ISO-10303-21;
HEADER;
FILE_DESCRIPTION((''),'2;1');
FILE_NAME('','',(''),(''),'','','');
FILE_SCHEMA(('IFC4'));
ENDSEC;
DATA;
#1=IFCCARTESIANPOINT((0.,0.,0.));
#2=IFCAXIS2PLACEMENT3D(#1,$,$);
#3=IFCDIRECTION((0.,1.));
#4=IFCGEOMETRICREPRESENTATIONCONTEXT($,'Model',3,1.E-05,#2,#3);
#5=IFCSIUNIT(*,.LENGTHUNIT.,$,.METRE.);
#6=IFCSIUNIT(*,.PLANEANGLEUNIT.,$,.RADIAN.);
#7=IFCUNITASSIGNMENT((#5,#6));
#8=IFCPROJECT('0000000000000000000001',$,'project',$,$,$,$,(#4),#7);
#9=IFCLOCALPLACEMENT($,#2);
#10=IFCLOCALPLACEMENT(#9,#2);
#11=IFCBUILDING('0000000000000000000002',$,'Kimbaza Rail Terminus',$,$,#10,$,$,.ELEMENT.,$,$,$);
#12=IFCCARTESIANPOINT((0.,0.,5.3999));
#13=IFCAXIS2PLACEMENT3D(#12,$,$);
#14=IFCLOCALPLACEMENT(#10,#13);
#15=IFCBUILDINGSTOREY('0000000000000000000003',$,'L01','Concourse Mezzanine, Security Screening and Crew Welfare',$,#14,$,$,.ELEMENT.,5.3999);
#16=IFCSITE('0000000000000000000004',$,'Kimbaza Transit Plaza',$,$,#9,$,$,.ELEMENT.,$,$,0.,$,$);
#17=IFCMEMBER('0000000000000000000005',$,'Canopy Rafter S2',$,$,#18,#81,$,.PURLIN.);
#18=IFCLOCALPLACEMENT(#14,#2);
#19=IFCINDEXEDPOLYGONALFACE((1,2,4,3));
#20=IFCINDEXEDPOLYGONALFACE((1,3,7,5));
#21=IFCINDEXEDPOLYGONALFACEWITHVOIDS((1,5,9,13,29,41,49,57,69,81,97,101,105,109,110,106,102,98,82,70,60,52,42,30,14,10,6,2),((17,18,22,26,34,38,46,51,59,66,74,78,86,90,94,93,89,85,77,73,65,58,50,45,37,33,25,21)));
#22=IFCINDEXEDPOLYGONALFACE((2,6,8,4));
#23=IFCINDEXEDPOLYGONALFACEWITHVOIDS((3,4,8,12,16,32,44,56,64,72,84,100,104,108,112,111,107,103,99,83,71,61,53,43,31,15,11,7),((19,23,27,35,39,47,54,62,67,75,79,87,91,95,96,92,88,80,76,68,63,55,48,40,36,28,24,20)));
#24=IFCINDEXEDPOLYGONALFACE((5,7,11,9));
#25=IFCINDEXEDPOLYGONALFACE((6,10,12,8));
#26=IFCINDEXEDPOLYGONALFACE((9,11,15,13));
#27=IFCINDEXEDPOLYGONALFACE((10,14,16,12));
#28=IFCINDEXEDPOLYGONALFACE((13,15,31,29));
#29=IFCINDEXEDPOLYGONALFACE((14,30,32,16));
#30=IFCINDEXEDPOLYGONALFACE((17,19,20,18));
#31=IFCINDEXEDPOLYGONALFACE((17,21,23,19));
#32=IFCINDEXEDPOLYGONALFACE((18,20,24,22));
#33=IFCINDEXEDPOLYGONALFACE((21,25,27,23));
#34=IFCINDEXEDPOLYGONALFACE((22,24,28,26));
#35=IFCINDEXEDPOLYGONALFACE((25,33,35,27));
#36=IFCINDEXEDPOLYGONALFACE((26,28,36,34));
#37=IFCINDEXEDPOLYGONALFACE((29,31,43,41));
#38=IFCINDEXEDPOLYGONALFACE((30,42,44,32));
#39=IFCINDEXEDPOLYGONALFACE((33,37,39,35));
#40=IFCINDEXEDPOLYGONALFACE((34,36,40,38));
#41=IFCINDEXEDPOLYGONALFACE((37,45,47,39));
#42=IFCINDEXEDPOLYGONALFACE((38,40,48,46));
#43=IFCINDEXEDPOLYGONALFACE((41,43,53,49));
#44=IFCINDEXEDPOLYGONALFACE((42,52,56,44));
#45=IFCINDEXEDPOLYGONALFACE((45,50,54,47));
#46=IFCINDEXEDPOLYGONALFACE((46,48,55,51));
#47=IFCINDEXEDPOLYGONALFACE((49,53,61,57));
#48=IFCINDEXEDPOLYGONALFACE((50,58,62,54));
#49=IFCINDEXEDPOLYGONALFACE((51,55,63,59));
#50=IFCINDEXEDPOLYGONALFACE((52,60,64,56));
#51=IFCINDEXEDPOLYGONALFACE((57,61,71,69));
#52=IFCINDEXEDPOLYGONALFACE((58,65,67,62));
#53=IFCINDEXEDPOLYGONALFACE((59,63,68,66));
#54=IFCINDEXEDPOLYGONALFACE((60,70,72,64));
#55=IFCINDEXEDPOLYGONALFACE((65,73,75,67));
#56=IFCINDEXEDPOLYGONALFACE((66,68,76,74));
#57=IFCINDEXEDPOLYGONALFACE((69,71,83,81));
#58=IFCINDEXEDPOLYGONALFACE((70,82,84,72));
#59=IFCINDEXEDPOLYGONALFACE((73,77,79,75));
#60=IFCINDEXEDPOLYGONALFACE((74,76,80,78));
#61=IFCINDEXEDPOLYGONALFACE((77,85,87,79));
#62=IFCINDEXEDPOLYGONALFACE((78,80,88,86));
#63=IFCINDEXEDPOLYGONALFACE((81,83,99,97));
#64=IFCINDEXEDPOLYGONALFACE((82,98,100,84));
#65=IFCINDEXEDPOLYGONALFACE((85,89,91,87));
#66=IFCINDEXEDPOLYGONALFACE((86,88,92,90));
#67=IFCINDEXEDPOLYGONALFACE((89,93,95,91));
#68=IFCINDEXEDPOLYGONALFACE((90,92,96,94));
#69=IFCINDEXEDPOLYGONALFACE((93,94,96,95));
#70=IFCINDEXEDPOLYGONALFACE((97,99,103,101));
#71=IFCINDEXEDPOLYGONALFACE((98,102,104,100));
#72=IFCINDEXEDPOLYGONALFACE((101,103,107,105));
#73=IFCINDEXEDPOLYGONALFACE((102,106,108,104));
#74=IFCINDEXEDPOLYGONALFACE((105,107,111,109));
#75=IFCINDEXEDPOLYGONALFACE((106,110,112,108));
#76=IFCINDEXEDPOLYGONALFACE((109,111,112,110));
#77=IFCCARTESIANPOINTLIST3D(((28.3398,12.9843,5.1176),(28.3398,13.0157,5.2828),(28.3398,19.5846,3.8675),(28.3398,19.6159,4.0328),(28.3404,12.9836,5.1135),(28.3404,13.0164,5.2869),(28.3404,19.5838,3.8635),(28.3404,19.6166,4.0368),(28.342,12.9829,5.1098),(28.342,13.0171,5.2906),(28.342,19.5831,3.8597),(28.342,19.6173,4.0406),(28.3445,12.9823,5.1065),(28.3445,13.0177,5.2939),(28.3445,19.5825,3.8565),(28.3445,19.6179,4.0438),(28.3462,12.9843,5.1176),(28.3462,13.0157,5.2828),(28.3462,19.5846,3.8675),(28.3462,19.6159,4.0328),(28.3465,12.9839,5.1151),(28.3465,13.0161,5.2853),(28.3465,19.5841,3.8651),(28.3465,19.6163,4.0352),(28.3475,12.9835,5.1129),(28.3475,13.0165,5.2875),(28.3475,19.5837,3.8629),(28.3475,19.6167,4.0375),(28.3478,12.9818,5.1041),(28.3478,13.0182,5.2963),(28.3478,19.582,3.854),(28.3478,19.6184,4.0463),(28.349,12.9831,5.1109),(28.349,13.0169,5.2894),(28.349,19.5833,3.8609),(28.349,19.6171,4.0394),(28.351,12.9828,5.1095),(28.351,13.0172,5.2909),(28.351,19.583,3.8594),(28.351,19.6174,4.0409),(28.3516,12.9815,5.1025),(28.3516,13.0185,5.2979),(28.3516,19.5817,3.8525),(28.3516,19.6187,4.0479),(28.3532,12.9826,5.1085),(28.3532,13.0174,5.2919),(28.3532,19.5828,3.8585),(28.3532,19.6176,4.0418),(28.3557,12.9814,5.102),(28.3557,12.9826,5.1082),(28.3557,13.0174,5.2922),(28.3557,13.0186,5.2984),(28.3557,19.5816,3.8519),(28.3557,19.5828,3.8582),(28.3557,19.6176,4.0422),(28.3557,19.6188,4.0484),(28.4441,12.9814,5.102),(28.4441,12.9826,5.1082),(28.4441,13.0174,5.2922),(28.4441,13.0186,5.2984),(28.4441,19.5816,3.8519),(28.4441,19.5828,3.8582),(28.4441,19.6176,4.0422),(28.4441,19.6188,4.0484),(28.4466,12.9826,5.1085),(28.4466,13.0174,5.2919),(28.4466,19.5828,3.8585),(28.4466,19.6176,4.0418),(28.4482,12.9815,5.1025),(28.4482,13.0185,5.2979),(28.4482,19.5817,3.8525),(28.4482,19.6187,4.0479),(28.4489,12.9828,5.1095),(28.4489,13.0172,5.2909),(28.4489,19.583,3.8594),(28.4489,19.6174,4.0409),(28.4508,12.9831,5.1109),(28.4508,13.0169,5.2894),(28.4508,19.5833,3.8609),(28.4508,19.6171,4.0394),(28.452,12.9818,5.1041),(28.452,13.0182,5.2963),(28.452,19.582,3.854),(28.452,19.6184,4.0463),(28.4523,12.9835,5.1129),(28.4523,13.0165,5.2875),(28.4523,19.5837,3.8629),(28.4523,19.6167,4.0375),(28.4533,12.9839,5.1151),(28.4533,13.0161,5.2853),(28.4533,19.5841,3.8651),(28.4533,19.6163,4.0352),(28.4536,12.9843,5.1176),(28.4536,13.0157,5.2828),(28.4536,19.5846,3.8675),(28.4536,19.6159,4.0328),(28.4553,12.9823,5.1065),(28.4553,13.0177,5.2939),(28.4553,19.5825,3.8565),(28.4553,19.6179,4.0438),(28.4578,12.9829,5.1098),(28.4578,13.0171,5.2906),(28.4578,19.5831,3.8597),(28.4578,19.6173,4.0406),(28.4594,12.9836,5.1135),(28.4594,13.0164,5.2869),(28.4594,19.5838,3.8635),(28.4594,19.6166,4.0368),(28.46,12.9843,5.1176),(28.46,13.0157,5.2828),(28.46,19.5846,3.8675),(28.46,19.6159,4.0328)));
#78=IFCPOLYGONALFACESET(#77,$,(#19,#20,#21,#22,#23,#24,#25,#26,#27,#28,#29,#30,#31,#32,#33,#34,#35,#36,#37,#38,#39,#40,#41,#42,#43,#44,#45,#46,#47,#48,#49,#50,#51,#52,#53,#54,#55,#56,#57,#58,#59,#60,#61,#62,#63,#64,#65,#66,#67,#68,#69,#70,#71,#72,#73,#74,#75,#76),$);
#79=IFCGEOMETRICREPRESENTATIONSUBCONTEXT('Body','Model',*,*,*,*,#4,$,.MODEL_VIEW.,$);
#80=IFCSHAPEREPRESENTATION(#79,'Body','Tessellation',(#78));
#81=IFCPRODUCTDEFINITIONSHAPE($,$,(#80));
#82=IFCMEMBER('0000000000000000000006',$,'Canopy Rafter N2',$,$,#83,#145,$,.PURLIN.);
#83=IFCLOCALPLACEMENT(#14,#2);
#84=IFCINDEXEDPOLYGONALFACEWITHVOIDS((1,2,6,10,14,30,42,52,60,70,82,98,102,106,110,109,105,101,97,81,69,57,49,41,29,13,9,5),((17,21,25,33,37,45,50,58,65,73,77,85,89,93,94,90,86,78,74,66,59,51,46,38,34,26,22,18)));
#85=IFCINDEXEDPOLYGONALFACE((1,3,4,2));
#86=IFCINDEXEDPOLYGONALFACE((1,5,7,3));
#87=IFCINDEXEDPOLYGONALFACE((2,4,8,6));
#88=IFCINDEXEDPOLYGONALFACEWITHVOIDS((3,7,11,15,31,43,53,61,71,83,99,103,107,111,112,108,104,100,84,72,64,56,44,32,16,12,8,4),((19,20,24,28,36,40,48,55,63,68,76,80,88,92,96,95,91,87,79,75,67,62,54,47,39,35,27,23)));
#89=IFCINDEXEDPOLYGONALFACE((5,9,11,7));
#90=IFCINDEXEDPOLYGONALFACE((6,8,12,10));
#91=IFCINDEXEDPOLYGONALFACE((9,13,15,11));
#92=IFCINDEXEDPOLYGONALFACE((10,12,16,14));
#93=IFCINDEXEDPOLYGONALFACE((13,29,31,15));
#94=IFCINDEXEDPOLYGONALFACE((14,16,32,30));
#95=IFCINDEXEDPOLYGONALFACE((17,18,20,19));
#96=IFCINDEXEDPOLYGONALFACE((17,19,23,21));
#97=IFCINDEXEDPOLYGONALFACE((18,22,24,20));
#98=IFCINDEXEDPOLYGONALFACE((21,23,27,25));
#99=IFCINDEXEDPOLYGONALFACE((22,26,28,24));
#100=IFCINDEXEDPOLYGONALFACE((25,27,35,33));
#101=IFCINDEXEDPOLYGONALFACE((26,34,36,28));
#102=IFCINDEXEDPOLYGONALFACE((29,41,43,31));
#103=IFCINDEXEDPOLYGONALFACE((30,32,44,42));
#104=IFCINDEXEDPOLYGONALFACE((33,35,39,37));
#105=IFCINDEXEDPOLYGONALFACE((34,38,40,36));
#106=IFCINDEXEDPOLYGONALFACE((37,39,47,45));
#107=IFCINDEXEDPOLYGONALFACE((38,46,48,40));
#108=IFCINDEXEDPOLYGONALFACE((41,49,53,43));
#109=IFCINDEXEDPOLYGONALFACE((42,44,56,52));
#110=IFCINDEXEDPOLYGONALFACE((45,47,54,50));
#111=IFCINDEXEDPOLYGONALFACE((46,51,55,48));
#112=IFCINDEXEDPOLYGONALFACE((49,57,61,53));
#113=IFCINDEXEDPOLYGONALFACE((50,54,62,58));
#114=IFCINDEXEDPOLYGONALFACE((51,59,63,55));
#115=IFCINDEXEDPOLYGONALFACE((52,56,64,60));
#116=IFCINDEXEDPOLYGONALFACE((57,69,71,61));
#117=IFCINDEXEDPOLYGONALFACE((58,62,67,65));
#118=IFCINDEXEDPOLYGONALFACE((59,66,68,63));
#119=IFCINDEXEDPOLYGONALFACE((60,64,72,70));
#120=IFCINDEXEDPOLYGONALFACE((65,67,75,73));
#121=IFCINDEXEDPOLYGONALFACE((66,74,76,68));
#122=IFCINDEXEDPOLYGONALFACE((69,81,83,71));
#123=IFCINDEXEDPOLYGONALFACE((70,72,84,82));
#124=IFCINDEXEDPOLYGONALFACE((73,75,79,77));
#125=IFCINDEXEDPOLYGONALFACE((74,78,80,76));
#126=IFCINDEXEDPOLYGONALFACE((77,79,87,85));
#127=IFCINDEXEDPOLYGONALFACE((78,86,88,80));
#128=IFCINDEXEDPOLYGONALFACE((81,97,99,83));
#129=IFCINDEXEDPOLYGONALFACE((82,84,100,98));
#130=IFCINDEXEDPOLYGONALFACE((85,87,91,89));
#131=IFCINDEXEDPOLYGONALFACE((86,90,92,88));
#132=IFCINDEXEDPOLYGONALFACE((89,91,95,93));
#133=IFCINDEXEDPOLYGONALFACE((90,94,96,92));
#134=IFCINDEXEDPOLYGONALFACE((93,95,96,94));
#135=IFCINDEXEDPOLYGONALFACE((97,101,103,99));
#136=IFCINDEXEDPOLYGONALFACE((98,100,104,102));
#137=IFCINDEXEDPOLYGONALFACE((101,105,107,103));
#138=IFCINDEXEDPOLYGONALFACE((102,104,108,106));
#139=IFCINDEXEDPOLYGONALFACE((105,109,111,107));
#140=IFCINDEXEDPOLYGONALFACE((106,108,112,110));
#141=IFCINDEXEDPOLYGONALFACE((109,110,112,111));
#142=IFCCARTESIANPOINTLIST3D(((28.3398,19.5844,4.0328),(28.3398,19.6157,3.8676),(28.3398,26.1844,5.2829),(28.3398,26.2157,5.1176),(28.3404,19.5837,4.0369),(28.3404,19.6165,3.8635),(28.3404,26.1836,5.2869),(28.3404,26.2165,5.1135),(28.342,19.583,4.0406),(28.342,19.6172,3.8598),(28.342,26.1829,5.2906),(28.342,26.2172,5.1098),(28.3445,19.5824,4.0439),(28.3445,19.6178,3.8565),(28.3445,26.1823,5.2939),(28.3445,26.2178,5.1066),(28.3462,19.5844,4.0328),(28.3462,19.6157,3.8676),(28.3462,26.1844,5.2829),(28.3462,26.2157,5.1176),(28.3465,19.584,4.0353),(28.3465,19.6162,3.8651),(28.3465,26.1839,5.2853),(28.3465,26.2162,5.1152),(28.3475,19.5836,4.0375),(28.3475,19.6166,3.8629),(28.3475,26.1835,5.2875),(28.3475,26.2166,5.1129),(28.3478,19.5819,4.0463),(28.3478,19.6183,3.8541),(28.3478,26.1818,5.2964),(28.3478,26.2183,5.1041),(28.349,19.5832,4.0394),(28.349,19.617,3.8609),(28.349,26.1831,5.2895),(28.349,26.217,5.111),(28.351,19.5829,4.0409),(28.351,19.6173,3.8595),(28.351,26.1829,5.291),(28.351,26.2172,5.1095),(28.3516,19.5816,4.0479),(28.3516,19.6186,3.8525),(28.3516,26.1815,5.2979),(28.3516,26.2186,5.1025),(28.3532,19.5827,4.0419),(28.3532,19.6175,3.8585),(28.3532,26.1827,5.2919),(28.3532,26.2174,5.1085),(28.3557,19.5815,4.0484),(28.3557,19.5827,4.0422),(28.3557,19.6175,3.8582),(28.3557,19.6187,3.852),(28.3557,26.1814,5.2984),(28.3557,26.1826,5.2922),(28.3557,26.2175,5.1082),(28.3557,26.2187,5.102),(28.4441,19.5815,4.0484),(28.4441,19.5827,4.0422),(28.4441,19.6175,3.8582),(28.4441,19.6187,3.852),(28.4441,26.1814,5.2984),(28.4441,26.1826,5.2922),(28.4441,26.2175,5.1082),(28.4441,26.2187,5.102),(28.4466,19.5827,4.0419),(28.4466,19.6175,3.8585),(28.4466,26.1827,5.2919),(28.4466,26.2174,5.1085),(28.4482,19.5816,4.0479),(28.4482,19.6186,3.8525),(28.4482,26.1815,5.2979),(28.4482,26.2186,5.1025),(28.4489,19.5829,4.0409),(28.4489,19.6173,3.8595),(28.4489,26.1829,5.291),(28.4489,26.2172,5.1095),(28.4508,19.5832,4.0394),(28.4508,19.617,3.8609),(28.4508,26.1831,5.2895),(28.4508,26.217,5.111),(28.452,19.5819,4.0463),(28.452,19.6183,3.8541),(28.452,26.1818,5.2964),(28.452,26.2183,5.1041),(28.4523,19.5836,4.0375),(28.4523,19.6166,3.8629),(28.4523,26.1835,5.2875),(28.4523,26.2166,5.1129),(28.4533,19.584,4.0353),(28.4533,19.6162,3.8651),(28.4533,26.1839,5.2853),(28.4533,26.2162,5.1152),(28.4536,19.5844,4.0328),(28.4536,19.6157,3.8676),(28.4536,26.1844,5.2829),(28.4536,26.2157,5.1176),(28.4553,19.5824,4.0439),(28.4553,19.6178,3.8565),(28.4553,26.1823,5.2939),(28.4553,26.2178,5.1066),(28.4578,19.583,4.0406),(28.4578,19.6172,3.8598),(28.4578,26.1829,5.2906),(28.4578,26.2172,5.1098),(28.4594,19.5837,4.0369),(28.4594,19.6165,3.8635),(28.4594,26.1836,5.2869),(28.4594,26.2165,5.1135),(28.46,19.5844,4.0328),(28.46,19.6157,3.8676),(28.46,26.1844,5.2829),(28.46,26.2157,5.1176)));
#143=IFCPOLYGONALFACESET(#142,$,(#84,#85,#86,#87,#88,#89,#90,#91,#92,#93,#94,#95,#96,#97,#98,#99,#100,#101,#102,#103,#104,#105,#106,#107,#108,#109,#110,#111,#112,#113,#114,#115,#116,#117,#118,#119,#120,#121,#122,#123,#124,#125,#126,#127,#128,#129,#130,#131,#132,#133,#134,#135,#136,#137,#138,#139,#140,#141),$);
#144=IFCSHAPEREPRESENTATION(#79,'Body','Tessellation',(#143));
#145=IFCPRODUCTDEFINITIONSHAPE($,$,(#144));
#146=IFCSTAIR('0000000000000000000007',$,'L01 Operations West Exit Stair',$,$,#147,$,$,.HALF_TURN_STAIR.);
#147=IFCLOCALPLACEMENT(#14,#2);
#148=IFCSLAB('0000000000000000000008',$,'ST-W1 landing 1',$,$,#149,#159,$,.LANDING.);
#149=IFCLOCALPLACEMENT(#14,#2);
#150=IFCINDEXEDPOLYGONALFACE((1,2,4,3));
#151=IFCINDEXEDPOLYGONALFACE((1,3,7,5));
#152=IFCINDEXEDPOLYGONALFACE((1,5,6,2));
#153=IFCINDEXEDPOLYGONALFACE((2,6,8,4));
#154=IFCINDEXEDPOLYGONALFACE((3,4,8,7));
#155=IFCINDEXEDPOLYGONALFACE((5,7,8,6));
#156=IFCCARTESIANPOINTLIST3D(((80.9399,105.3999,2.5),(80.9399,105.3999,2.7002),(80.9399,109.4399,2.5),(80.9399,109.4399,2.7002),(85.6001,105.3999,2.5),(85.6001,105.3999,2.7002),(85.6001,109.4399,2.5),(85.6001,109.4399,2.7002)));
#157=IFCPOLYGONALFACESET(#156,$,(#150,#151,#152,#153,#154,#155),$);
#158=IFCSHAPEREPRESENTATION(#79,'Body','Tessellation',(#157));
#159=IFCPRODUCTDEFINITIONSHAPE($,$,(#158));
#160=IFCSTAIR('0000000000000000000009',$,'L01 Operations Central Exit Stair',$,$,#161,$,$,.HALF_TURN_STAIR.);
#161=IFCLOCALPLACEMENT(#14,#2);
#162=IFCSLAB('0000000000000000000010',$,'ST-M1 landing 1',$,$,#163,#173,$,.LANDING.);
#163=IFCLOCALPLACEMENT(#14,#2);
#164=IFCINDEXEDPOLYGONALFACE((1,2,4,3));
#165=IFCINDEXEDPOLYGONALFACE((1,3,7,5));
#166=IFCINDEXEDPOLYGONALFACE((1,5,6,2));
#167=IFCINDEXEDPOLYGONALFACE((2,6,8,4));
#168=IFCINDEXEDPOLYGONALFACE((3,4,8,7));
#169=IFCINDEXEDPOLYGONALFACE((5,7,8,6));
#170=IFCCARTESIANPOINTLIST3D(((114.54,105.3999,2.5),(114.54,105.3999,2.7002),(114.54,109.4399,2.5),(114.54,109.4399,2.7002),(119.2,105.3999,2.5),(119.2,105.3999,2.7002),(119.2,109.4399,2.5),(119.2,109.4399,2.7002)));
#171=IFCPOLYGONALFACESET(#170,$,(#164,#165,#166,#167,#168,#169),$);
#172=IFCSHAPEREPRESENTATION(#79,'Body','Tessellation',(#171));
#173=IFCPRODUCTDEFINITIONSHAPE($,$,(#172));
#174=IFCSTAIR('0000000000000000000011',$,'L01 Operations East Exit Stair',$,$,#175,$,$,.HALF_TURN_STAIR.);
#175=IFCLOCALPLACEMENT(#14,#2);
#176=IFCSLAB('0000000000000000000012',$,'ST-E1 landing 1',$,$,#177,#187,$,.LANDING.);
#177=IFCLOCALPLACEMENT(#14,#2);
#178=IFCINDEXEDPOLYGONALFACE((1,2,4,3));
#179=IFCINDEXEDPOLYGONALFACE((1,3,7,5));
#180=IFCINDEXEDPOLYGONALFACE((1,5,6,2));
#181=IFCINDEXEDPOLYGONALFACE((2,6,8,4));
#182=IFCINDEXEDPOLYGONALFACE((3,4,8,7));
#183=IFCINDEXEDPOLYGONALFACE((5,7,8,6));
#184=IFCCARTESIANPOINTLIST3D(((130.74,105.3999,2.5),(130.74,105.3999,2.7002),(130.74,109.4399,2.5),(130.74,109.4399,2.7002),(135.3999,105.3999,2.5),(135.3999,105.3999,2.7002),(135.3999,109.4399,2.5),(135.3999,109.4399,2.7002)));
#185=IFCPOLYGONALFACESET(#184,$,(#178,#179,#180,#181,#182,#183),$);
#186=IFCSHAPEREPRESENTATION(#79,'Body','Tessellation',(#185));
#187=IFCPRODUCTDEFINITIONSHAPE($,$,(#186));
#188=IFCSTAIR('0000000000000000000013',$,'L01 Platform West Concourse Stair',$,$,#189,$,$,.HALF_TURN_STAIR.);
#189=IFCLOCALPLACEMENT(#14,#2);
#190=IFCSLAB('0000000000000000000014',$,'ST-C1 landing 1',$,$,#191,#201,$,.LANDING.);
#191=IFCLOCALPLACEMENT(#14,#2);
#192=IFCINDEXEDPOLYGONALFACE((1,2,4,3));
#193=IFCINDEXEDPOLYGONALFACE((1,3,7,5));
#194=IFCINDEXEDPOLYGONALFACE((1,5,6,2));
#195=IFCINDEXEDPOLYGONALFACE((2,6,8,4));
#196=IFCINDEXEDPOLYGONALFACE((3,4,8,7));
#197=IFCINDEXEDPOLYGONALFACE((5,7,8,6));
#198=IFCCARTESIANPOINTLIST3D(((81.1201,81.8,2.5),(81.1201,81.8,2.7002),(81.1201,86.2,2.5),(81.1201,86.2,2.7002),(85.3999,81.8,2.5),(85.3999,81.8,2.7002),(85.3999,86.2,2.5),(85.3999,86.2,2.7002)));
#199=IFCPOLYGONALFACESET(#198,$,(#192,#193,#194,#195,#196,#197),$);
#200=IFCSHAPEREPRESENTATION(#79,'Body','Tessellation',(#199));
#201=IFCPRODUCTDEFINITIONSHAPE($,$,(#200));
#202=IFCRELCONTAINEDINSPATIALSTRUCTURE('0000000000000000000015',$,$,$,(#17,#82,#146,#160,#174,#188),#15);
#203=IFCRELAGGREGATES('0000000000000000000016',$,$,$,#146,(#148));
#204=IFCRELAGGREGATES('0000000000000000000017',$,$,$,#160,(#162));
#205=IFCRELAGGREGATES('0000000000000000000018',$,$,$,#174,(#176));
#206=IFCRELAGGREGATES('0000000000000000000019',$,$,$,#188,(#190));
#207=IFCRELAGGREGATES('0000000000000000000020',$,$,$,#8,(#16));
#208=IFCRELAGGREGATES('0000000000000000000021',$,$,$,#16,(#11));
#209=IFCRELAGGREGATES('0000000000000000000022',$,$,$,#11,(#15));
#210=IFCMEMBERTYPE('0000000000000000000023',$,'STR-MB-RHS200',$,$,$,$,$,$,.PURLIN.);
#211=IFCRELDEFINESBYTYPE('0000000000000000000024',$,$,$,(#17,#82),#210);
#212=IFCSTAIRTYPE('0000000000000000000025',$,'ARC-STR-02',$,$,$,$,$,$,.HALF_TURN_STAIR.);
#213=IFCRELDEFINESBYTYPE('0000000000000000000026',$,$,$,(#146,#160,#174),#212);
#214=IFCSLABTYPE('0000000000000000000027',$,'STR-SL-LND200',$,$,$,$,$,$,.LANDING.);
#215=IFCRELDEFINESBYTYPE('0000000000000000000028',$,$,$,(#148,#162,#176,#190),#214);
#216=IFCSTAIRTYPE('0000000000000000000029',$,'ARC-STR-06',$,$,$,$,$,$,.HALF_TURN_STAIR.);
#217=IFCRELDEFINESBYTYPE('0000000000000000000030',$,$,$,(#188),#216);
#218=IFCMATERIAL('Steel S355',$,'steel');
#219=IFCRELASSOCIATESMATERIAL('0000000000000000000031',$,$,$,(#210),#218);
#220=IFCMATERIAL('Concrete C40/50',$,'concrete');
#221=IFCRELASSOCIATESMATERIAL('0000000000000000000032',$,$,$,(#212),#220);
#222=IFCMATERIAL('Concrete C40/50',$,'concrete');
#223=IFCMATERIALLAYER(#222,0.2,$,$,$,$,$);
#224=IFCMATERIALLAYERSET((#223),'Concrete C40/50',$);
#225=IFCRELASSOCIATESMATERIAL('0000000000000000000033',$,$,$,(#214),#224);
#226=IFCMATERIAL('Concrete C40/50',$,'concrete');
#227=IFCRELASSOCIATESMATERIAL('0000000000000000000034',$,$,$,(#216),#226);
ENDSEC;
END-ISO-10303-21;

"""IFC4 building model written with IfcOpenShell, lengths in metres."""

from ifc_helpers import new_model, si_unit, direction, frame, origin, origin_2d, place, context, subcontext, project, spatial, polyline, hollow_rectangle, outline, extrude, material, layer, layer_set, material_profile, profile_set, type_object, element, aggregate, save


model = new_model("IFC4")

# Units and contexts
model_context = context("Model", 3, precision=1e-05, world=origin(), true_north=direction((0.0, 1.0)))
body_context = subcontext(model_context, "Body", "Model", "MODEL_VIEW")
ifc_project = project(units=[si_unit("LENGTHUNIT", "METRE"), si_unit("PLANEANGLEUNIT", "RADIAN")], contexts=[model_context])

# Site, building, storey
site_placement = place(None, origin())
site = spatial("IfcSite", under=ifc_project, at=site_placement, Name="Kimbaza Transit Plaza", CompositionType="ELEMENT", RefElevation=0.0)
building_placement = place(site_placement, origin())
building = spatial("IfcBuilding", under=site, at=building_placement, Name="Kimbaza Rail Terminus", CompositionType="ELEMENT")
storey_placement = place(building_placement, frame((0.0, 0.0, 5.3999)))
storey = spatial("IfcBuildingStorey", under=building, at=storey_placement, Name="L01", Description="Concourse Mezzanine, Security Screening and Crew Welfare", CompositionType="ELEMENT", Elevation=5.3999)

# Members
ifc_material_1 = material(Name="Steel S355", Category="steel")
ifc_material_profile_1 = material_profile(ifc_material_1, hollow_rectangle(XDim=0.1201, YDim=0.2, WallThickness=0.0063, InnerFilletRadius=0.0095, OuterFilletRadius=0.0159, at=origin_2d()), Name="RHS 200x120x6.3")
ifc_profile_set_1 = profile_set([ifc_material_profile_1], Name="Steel S355")
member_type = type_object("IfcMemberType", Name="STR-MB-RHS200", PredefinedType="PURLIN", material=ifc_profile_set_1)
member_1_placement = place(storey_placement, frame((28.3999, 13.0, 5.2002), z_axis=(0.0, 0.982534, -0.186083), x_axis=(-1.0, 0.0, 0.0)))
element("IfcMember", 1, at=member_1_placement, inside=storey, type_object=member_type, Name="Canopy Rafter S2", PredefinedType="PURLIN", context=body_context, shape_type="SweptSolid", body=[
    extrude(hollow_rectangle(XDim=0.1201, YDim=0.2, WallThickness=0.0063, InnerFilletRadius=0.0095, OuterFilletRadius=0.0159, at=origin_2d()), origin(), (0.0, 0.0, 1.0), 6.7175),
])
member_2_placement = place(storey_placement, frame((28.3999, 19.6001, 3.9502), z_axis=(0.0, 0.982533, 0.18609), x_axis=(-1.0, 0.0, 0.0)))
element("IfcMember", 2, at=member_2_placement, inside=storey, type_object=member_type, Name="Canopy Rafter N2", PredefinedType="PURLIN", context=body_context, shape_type="SweptSolid", body=[
    extrude(hollow_rectangle(XDim=0.1201, YDim=0.2, WallThickness=0.0063, InnerFilletRadius=0.0095, OuterFilletRadius=0.0159, at=origin_2d()), origin(), (0.0, 0.0, 1.0), 6.7173),
])

# Stairs, slabs
ifc_material_2 = material(Name="Concrete C40/50", Category="concrete")
stair_type_1 = type_object("IfcStairType", Name="ARC-STR-02", PredefinedType="HALF_TURN_STAIR", material=ifc_material_2)
stair_1_placement = place(storey_placement, origin())
stair_1 = element("IfcStair", 3, at=stair_1_placement, inside=storey, type_object=stair_type_1, Name="L01 Operations West Exit Stair", PredefinedType="HALF_TURN_STAIR")
ifc_material_3 = material(Name="Concrete C40/50", Category="concrete")
ifc_layer_1 = layer(ifc_material_3, 0.2)
ifc_layer_set_1 = layer_set([ifc_layer_1], Name="Concrete C40/50")
slab_type_1 = type_object("IfcSlabType", Name="STR-SL-LND200", PredefinedType="LANDING", material=ifc_layer_set_1)
slab_1_placement = place(storey_placement, frame((0.0, 0.0, 2.5)))
slab_1 = element("IfcSlab", 4, at=slab_1_placement, type_object=slab_type_1, Name="ST-W1 landing 1", PredefinedType="LANDING", context=body_context, shape_type="SweptSolid", body=[
    extrude(outline(polyline([(80.9399, 105.3999), (85.6001, 105.3999), (85.6001, 109.4399), (80.9399, 109.4399), (80.9399, 105.3999)])), origin(), (0.0, 0.0, 1.0), 0.2002),
])
aggregate(stair_1, [slab_1])
stair_2_placement = place(storey_placement, origin())
stair_2 = element("IfcStair", 5, at=stair_2_placement, inside=storey, type_object=stair_type_1, Name="L01 Operations Central Exit Stair", PredefinedType="HALF_TURN_STAIR")
slab_2_placement = place(storey_placement, frame((0.0, 0.0, 2.5)))
slab_2 = element("IfcSlab", 6, at=slab_2_placement, type_object=slab_type_1, Name="ST-M1 landing 1", PredefinedType="LANDING", context=body_context, shape_type="SweptSolid", body=[
    extrude(outline(polyline([(114.54, 105.3999), (119.2, 105.3999), (119.2, 109.4399), (114.54, 109.4399), (114.54, 105.3999)])), origin(), (0.0, 0.0, 1.0), 0.2002),
])
aggregate(stair_2, [slab_2])
stair_3_placement = place(storey_placement, origin())
stair_3 = element("IfcStair", 7, at=stair_3_placement, inside=storey, type_object=stair_type_1, Name="L01 Operations East Exit Stair", PredefinedType="HALF_TURN_STAIR")
slab_3_placement = place(storey_placement, frame((0.0, 0.0, 2.5)))
slab_3 = element("IfcSlab", 8, at=slab_3_placement, type_object=slab_type_1, Name="ST-E1 landing 1", PredefinedType="LANDING", context=body_context, shape_type="SweptSolid", body=[
    extrude(outline(polyline([(130.74, 105.3999), (135.3999, 105.3999), (135.3999, 109.4399), (130.74, 109.4399), (130.74, 105.3999)])), origin(), (0.0, 0.0, 1.0), 0.2002),
])
aggregate(stair_3, [slab_3])
ifc_material_4 = material(Name="Concrete C40/50", Category="concrete")
stair_type_2 = type_object("IfcStairType", Name="ARC-STR-06", PredefinedType="HALF_TURN_STAIR", material=ifc_material_4)
stair_4_placement = place(storey_placement, origin())
stair_4 = element("IfcStair", 9, at=stair_4_placement, inside=storey, type_object=stair_type_2, Name="L01 Platform West Concourse Stair", PredefinedType="HALF_TURN_STAIR")
slab_4_placement = place(storey_placement, frame((0.0, 0.0, 2.5)))
slab_4 = element("IfcSlab", 10, at=slab_4_placement, type_object=slab_type_1, Name="ST-C1 landing 1", PredefinedType="LANDING", context=body_context, shape_type="SweptSolid", body=[
    extrude(outline(polyline([(81.1201, 81.8), (85.3999, 81.8), (85.3999, 86.2), (81.1201, 86.2), (81.1201, 81.8)])), origin(), (0.0, 0.0, 1.0), 0.2002),
])
aggregate(stair_4, [slab_4])

save(model, "model.ifc")
